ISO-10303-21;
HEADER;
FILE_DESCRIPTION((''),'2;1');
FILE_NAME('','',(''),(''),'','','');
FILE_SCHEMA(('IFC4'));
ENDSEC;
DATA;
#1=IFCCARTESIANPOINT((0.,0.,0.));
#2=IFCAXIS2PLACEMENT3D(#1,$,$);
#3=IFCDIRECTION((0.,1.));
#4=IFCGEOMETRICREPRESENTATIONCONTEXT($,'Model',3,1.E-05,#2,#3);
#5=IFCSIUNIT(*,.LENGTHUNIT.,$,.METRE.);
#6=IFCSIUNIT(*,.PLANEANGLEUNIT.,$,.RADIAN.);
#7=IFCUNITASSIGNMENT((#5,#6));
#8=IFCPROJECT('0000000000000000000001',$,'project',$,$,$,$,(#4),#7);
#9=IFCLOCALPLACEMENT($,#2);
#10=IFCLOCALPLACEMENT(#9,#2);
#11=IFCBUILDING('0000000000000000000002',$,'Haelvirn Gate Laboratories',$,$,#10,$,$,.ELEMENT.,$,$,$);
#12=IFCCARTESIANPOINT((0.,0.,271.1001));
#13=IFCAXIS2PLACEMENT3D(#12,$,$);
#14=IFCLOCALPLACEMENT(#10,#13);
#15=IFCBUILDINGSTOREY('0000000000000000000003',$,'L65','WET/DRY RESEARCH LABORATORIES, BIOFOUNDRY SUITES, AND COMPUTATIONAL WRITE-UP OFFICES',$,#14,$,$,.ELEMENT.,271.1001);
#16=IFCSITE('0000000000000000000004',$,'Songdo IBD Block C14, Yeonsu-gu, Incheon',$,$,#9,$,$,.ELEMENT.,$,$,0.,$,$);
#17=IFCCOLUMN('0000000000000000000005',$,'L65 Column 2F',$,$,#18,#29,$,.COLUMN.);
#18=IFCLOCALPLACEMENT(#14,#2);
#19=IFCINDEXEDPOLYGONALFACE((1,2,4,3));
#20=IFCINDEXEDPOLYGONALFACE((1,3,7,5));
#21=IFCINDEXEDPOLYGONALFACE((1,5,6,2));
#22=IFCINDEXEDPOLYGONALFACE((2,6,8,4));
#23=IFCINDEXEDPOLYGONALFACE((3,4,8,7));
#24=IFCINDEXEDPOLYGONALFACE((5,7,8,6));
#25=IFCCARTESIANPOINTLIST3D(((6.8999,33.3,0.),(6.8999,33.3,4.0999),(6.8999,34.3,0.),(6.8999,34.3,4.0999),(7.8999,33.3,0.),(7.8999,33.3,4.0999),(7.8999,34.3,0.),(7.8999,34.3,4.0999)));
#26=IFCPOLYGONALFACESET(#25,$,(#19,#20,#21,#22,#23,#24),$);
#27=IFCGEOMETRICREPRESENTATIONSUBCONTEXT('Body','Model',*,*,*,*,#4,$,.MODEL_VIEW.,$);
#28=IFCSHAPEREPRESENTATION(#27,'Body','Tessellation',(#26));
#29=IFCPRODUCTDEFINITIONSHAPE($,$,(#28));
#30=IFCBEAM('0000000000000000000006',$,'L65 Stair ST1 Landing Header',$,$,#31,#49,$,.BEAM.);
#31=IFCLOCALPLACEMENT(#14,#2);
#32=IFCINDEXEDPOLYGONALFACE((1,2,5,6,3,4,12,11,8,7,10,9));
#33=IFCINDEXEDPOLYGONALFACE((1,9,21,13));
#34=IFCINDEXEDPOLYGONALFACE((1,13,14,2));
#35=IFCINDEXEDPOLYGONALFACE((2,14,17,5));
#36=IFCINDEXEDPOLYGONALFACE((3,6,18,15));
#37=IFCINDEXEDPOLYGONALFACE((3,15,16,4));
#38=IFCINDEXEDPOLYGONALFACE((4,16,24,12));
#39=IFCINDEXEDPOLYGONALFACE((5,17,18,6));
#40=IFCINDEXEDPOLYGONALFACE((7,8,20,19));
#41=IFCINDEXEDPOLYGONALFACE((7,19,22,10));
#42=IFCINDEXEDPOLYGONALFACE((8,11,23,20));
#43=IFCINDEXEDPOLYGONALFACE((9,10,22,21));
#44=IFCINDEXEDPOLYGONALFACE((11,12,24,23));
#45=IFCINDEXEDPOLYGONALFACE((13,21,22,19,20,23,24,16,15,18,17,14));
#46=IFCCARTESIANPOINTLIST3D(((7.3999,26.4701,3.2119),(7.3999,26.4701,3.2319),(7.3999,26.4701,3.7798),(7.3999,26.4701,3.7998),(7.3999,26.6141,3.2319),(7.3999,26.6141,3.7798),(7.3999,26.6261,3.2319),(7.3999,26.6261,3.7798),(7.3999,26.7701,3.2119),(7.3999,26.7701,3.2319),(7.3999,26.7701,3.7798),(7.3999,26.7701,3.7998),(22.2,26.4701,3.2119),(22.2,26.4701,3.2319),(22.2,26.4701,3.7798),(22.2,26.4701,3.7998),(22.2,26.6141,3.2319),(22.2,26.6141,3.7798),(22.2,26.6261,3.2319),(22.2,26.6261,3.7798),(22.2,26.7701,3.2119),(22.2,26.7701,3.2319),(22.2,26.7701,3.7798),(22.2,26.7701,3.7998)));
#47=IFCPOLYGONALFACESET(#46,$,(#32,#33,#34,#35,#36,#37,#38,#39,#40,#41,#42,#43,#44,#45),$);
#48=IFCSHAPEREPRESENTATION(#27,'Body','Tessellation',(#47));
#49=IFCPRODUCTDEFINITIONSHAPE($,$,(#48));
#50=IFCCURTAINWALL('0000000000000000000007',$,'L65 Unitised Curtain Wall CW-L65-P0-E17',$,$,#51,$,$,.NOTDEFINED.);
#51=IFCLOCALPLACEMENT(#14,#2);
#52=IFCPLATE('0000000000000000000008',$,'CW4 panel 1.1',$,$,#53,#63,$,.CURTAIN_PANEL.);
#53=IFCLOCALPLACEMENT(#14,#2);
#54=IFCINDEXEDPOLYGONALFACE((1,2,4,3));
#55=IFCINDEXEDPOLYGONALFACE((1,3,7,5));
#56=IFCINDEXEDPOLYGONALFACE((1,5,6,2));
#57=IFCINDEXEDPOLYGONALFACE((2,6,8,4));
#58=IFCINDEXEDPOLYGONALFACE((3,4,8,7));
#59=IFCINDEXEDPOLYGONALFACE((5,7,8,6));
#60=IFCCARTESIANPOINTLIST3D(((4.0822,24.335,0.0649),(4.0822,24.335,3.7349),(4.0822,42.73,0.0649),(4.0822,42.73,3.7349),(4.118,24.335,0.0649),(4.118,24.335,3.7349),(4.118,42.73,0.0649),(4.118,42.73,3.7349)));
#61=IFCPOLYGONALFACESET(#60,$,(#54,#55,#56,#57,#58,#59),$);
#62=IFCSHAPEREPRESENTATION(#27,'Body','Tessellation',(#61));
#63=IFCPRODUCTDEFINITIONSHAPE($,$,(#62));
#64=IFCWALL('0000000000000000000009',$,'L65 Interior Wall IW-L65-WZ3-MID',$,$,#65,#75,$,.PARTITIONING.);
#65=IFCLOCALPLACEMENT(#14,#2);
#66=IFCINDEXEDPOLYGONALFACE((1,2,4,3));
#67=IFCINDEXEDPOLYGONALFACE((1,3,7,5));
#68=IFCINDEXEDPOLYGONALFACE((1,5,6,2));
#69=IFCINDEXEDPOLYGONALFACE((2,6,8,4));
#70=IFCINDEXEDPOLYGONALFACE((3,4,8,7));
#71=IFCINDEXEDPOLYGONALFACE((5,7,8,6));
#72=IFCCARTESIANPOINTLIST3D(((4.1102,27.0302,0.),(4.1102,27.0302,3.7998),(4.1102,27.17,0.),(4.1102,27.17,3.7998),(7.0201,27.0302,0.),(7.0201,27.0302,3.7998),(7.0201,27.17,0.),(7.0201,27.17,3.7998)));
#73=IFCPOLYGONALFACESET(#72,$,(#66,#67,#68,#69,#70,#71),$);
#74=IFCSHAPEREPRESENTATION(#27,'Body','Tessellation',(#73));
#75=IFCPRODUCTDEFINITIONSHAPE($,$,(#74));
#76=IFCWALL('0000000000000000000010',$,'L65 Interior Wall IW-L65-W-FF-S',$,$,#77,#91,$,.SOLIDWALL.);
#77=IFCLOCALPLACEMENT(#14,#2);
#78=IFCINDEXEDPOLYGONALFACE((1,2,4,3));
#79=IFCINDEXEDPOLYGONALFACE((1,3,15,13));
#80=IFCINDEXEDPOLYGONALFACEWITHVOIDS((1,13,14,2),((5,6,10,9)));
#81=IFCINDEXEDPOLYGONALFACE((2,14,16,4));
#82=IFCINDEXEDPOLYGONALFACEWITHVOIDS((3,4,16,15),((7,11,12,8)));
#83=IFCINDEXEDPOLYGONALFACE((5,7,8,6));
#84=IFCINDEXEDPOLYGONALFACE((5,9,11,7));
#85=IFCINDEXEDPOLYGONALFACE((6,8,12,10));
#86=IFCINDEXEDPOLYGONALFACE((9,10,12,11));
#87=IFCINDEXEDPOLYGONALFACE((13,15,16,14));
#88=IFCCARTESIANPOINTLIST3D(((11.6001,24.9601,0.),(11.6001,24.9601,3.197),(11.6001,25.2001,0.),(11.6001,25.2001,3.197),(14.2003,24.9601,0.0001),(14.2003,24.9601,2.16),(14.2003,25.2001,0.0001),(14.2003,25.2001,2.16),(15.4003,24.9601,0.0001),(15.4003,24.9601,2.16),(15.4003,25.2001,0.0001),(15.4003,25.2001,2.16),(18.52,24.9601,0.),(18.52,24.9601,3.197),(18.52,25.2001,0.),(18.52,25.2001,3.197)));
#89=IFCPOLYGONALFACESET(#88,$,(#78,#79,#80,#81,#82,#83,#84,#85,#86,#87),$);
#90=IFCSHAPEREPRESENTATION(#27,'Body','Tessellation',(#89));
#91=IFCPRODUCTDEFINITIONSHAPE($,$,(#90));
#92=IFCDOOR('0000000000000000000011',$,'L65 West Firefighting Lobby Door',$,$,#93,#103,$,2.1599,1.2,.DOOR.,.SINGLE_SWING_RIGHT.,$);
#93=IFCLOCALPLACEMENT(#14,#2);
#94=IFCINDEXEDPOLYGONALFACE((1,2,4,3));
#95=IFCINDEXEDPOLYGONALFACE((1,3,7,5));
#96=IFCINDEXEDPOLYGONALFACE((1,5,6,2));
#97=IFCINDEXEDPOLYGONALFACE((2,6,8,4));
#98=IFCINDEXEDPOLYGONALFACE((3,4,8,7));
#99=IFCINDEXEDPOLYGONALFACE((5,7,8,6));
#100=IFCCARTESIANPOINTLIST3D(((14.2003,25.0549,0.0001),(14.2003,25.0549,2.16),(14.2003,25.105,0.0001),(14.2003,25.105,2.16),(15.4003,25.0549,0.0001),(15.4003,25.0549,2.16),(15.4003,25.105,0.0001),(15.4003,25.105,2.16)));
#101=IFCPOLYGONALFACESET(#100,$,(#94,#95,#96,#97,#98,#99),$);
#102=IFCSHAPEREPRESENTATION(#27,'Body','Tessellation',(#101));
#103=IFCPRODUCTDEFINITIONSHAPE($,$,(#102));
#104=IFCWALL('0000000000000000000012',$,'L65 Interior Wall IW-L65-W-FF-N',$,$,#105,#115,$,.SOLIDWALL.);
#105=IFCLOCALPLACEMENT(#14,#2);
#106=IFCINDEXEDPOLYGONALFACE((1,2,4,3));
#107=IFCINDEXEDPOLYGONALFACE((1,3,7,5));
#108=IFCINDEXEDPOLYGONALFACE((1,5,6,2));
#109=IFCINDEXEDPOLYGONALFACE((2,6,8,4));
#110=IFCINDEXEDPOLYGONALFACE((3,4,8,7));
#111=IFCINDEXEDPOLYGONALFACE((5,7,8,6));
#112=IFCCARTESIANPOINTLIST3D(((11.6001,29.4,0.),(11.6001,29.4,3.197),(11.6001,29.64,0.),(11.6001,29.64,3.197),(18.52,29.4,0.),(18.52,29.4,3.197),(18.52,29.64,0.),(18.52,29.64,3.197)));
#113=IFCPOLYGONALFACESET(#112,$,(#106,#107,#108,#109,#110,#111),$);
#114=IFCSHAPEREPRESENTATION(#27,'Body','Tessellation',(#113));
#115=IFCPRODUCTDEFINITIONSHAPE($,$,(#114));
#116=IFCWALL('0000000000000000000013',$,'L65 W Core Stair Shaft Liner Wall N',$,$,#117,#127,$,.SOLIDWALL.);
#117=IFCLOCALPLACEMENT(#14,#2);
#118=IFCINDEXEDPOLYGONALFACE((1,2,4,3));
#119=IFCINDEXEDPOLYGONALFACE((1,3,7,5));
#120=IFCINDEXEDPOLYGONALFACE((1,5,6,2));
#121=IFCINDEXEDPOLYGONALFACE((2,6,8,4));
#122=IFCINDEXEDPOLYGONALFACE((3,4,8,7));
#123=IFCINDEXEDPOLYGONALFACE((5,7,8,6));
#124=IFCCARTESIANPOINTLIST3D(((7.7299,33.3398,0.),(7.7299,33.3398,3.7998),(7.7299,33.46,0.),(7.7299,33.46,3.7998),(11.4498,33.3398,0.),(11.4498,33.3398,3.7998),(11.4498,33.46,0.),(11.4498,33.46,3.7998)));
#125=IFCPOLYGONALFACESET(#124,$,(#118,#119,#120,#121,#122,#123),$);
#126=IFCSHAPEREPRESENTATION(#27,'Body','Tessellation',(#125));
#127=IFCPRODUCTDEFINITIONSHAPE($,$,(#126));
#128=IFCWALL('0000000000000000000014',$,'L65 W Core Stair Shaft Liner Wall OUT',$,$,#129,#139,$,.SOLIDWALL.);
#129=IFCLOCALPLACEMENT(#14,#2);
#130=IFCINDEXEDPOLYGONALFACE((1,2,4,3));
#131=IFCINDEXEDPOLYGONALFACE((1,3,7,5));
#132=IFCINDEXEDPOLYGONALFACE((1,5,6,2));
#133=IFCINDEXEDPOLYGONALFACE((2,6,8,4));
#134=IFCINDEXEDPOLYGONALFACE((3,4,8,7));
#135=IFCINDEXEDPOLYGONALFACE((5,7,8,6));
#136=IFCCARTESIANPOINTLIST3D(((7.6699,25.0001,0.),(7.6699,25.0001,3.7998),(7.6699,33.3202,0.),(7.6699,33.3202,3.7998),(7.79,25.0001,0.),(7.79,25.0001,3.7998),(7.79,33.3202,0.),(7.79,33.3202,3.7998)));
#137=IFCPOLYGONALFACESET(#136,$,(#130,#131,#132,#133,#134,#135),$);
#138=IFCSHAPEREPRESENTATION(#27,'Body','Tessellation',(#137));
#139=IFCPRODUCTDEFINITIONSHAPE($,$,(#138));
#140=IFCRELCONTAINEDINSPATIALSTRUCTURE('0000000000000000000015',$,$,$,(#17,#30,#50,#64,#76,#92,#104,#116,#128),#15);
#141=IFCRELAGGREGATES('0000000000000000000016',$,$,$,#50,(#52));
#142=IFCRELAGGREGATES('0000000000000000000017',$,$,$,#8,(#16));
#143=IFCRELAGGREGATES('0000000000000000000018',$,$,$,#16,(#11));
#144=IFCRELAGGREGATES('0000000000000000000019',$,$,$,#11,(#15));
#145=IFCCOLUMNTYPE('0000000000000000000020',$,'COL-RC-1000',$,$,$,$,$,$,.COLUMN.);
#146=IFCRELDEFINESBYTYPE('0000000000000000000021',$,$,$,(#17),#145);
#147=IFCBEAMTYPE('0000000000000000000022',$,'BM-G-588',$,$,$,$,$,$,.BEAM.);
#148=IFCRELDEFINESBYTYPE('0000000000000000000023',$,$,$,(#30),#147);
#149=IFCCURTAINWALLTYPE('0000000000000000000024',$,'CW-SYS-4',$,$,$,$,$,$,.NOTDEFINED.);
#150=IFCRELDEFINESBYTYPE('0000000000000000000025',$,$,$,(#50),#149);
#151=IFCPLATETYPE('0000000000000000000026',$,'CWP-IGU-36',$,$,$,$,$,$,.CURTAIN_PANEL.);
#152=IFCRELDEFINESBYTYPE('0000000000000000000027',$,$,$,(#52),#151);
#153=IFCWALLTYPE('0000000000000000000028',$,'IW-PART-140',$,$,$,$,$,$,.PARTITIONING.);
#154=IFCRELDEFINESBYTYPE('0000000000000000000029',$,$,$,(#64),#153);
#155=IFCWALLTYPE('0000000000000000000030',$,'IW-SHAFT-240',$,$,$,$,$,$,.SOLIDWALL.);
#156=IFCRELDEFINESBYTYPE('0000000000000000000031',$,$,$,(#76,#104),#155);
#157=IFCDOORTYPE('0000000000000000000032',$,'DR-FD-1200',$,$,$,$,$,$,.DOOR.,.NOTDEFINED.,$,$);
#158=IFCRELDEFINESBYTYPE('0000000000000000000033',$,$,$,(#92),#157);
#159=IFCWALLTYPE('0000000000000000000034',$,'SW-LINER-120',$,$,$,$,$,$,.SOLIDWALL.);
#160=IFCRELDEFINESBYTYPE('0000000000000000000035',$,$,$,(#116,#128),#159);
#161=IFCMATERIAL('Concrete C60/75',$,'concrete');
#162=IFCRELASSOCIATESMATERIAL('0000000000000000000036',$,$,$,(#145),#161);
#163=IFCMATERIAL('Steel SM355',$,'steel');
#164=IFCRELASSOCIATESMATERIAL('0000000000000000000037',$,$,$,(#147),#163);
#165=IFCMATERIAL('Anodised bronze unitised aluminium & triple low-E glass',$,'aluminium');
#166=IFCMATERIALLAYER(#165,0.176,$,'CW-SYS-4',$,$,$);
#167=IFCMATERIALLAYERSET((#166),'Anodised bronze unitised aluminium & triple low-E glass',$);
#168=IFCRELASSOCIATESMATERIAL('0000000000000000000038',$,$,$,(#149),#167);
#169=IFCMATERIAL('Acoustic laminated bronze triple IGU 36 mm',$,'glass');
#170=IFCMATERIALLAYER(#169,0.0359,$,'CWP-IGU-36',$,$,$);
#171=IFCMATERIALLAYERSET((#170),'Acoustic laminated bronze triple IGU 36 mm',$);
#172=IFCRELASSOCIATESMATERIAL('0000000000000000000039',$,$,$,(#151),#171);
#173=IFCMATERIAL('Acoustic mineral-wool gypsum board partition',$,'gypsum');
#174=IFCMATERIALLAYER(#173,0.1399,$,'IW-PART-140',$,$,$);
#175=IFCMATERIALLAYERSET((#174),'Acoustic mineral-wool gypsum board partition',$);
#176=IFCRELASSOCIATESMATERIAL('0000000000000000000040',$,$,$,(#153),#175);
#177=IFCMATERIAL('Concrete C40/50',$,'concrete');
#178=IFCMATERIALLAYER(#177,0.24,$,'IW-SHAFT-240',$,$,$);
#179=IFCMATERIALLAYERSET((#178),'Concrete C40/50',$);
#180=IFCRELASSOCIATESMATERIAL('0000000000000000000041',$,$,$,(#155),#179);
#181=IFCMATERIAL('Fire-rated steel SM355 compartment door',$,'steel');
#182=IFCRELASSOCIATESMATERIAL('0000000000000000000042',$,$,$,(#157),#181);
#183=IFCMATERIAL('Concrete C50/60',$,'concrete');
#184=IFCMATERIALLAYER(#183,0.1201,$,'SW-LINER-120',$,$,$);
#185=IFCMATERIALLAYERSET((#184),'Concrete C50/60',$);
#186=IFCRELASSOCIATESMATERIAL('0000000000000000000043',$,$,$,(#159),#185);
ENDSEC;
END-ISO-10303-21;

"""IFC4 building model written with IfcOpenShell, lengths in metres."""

from ifc_helpers import new_model, si_unit, direction, frame, frame_2d, origin, origin_2d, place, context, subcontext, project, spatial, rectangle, i_section, extrude, source, transform, mapped, material, layer, layer_set, material_profile, profile_set, type_object, type_shapes, element, fill, aggregate, save


model = new_model("IFC4")

# Units and contexts
model_context = context("Model", 3, precision=1e-05, world=origin(), true_north=direction((0.0, 1.0)))
body_context = subcontext(model_context, "Body", "Model", "MODEL_VIEW")
ifc_project = project(units=[si_unit("LENGTHUNIT", "METRE"), si_unit("PLANEANGLEUNIT", "RADIAN")], contexts=[model_context])

# Site, building, storey
site_placement = place(None, origin())
site = spatial("IfcSite", under=ifc_project, at=site_placement, Name="Songdo IBD Block C14, Yeonsu-gu, Incheon", CompositionType="ELEMENT", RefElevation=0.0)
building_placement = place(site_placement, origin())
building = spatial("IfcBuilding", under=site, at=building_placement, Name="Haelvirn Gate Laboratories", CompositionType="ELEMENT")
storey_placement = place(building_placement, frame((0.0, 0.0, 271.1001)))
storey = spatial("IfcBuildingStorey", under=building, at=storey_placement, Name="L65", Description="WET/DRY RESEARCH LABORATORIES, BIOFOUNDRY SUITES, AND COMPUTATIONAL WRITE-UP OFFICES", CompositionType="ELEMENT", Elevation=271.1001)

# Column
ifc_material_1 = material(Name="Concrete C60/75", Category="concrete")
ifc_material_profile_1 = material_profile(ifc_material_1, rectangle(XDim=1.0, YDim=1.0, at=origin_2d()), Name="RC-1000x1000")
ifc_profile_set_1 = profile_set([ifc_material_profile_1], Name="Concrete C60/75")
column_type = type_object("IfcColumnType", Name="COL-RC-1000", PredefinedType="COLUMN", material=ifc_profile_set_1)
shared_shape_1 = source(origin(), body_context, "Body", "SweptSolid", [
    extrude(rectangle(XDim=1.0, YDim=1.0, at=origin_2d()), origin(), (0.0, 0.0, 1.0), 4.0999),
])
type_shapes(column_type, [shared_shape_1])
column_placement = place(storey_placement, frame((7.3999, 33.8, 0.0), z_axis=(0.0, 0.0, 1.0), x_axis=(1.0, 0.0, 0.0)))
element("IfcColumn", 1, at=column_placement, inside=storey, type_object=column_type, Name="L65 Column 2F", PredefinedType="COLUMN", context=body_context, shape_type="MappedRepresentation", body=[
    mapped(shared_shape_1, transform((0.0, 0.0, 0.0), scale=1.0)),
])

# Beam
ifc_material_2 = material(Name="Steel SM355", Category="steel")
ifc_material_profile_2 = material_profile(ifc_material_2, i_section(OverallWidth=0.3, OverallDepth=0.5879, WebThickness=0.012, FlangeThickness=0.02, at=origin_2d()), Name="H-588x300x12x20")
ifc_profile_set_2 = profile_set([ifc_material_profile_2], Name="Steel SM355")
beam_type = type_object("IfcBeamType", Name="BM-G-588", PredefinedType="BEAM", material=ifc_profile_set_2)
shared_shape_2 = source(origin(), body_context, "Body", "SweptSolid", [
    extrude(i_section(OverallWidth=0.3, OverallDepth=0.5879, WebThickness=0.012, FlangeThickness=0.02, at=origin_2d()), origin(), (0.0, 0.0, 1.0), 14.8),
])
type_shapes(beam_type, [shared_shape_2])
beam_placement = place(storey_placement, frame((7.3999, 26.6201, 3.5059), z_axis=(1.0, 0.0, 0.0), x_axis=(0.0, 1.0, 0.0)))
element("IfcBeam", 2, at=beam_placement, inside=storey, type_object=beam_type, Name="L65 Stair ST1 Landing Header", PredefinedType="BEAM", context=body_context, shape_type="MappedRepresentation", body=[
    mapped(shared_shape_2, transform((0.0, 0.0, 0.0), scale=1.0)),
])

# Curtain wall, plate
ifc_material_3 = material(Name="Anodised bronze unitised aluminium & triple low-E glass", Category="aluminium")
ifc_layer_1 = layer(ifc_material_3, 0.176, Name="CW-SYS-4")
ifc_layer_set_1 = layer_set([ifc_layer_1], Name="Anodised bronze unitised aluminium & triple low-E glass")
curtain_wall_type = type_object("IfcCurtainWallType", Name="CW-SYS-4", PredefinedType="NOTDEFINED", material=ifc_layer_set_1)
curtain_wall_placement = place(storey_placement, origin())
curtain_wall = element("IfcCurtainWall", 3, at=curtain_wall_placement, inside=storey, type_object=curtain_wall_type, Name="L65 Unitised Curtain Wall CW-L65-P0-E17", PredefinedType="NOTDEFINED")
ifc_material_4 = material(Name="Acoustic laminated bronze triple IGU 36 mm", Category="glass")
ifc_layer_2 = layer(ifc_material_4, 0.0359, Name="CWP-IGU-36")
ifc_layer_set_2 = layer_set([ifc_layer_2], Name="Acoustic laminated bronze triple IGU 36 mm")
plate_type = type_object("IfcPlateType", Name="CWP-IGU-36", PredefinedType="CURTAIN_PANEL", material=ifc_layer_set_2)
shared_shape_3 = source(origin(), body_context, "Body", "SweptSolid", [
    extrude(rectangle(XDim=18.395, YDim=0.0359, at=origin_2d()), origin(), (0.0, 0.0, 1.0), 3.6699),
])
type_shapes(plate_type, [shared_shape_3])
plate_placement = place(storey_placement, frame((4.1001, 33.5325, 0.0649), z_axis=(0.0, 0.0, 1.0), x_axis=(0.0, -1.0, 0.0)))
plate = element("IfcPlate", 4, at=plate_placement, type_object=plate_type, Name="CW4 panel 1.1", PredefinedType="CURTAIN_PANEL", context=body_context, shape_type="MappedRepresentation", body=[
    mapped(shared_shape_3, transform((0.0, 0.0, 0.0), scale=1.0)),
])
aggregate(curtain_wall, [plate])

# Wall
ifc_material_5 = material(Name="Acoustic mineral-wool gypsum board partition", Category="gypsum")
ifc_layer_3 = layer(ifc_material_5, 0.1399, Name="IW-PART-140")
ifc_layer_set_3 = layer_set([ifc_layer_3], Name="Acoustic mineral-wool gypsum board partition")
wall_type_1 = type_object("IfcWallType", Name="IW-PART-140", PredefinedType="PARTITIONING", material=ifc_layer_set_3)
wall_1_placement = place(storey_placement, frame((4.1101, 27.1001, 0.0), z_axis=(0.0, 0.0, 1.0), x_axis=(1.0, 0.0, 0.0)))
element("IfcWall", 5, at=wall_1_placement, inside=storey, type_object=wall_type_1, Name="L65 Interior Wall IW-L65-WZ3-MID", PredefinedType="PARTITIONING", context=body_context, shape_type="SweptSolid", body=[
    extrude(rectangle(XDim=2.9099, YDim=0.1399, at=frame_2d((1.4551, 0.0))), origin(), (0.0, 0.0, 1.0), 3.7998),
])

# Wall, opening, door
ifc_material_6 = material(Name="Concrete C40/50", Category="concrete")
ifc_layer_4 = layer(ifc_material_6, 0.24, Name="IW-SHAFT-240")
ifc_layer_set_4 = layer_set([ifc_layer_4], Name="Concrete C40/50")
wall_type_2 = type_object("IfcWallType", Name="IW-SHAFT-240", PredefinedType="SOLIDWALL", material=ifc_layer_set_4)
wall_2_placement = place(storey_placement, frame((11.6001, 25.0801, 0.0), z_axis=(0.0, 0.0, 1.0), x_axis=(1.0, 0.0, 0.0)))
wall_2 = element("IfcWall", 6, at=wall_2_placement, inside=storey, type_object=wall_type_2, Name="L65 Interior Wall IW-L65-W-FF-S", PredefinedType="SOLIDWALL", context=body_context, shape_type="SweptSolid", body=[
    extrude(rectangle(XDim=6.9199, YDim=0.24, at=frame_2d((3.46, 0.0))), origin(), (0.0, 0.0, 1.0), 3.197),
])
opening_1_placement = place(wall_2_placement, frame((2.6001, 0.0, 0.0)))
opening_1 = element("IfcOpeningElement", 7, at=opening_1_placement, cuts=wall_2, PredefinedType="OPENING", context=body_context, shape_type="SweptSolid", body=[
    extrude(rectangle(XDim=1.2, YDim=2.1599, at=frame_2d((0.6001, 1.0801))), frame((0.0, 0.1299, 0.0), z_axis=(0.0, -1.0, 0.0), x_axis=(1.0, 0.0, 0.0)), (0.0, 0.0, 1.0), 0.26),
])
ifc_material_7 = material(Name="Fire-rated steel SM355 compartment door", Category="steel")
door_type_1 = type_object("IfcDoorType", Name="DR-FD-1200", OperationType="NOTDEFINED", PredefinedType="DOOR", material=ifc_material_7)
shared_shape_4 = source(origin(), body_context, "Body", "SweptSolid", [
    extrude(rectangle(XDim=1.2, YDim=2.1599, at=frame_2d((0.6001, 1.0801))), frame((0.0, 0.0249, 0.0), z_axis=(0.0, -1.0, 0.0), x_axis=(1.0, 0.0, 0.0)), (0.0, 0.0, 1.0), 0.05),
])
type_shapes(door_type_1, [shared_shape_4])
door_1_placement = place(opening_1_placement, origin())
door_1 = element("IfcDoor", 8, at=door_1_placement, inside=storey, type_object=door_type_1, Name="L65 West Firefighting Lobby Door", OperationType="SINGLE_SWING_RIGHT", OverallHeight=2.1599, OverallWidth=1.2, PredefinedType="DOOR", context=body_context, shape_type="MappedRepresentation", body=[
    mapped(shared_shape_4, transform((0.0, 0.0, 0.0), scale=1.0)),
])
fill(opening_1, door_1)

# Wall
wall_3_placement = place(storey_placement, frame((11.6001, 29.52, 0.0), z_axis=(0.0, 0.0, 1.0), x_axis=(1.0, 0.0, 0.0)))
element("IfcWall", 9, at=wall_3_placement, inside=storey, type_object=wall_type_2, Name="L65 Interior Wall IW-L65-W-FF-N", PredefinedType="SOLIDWALL", context=body_context, shape_type="SweptSolid", body=[
    extrude(rectangle(XDim=6.9199, YDim=0.24, at=frame_2d((3.46, 0.0))), origin(), (0.0, 0.0, 1.0), 3.197),
])

# Shared definitions
ifc_material_8 = material(Name="Concrete C50/60", Category="concrete")

# Walls
ifc_layer_5 = layer(ifc_material_8, 0.1201, Name="SW-LINER-120")
ifc_layer_set_5 = layer_set([ifc_layer_5], Name="Concrete C50/60")
wall_type_3 = type_object("IfcWallType", Name="SW-LINER-120", PredefinedType="SOLIDWALL", material=ifc_layer_set_5)
wall_4_placement = place(storey_placement, frame((7.73, 33.3999, 0.0), z_axis=(0.0, 0.0, 1.0), x_axis=(1.0, 0.0, 0.0)))
element("IfcWall", 10, at=wall_4_placement, inside=storey, type_object=wall_type_3, Name="L65 W Core Stair Shaft Liner Wall N", PredefinedType="SOLIDWALL", context=body_context, shape_type="SweptSolid", body=[
    extrude(rectangle(XDim=3.72, YDim=0.1201, at=frame_2d((1.8599, 0.0))), origin(), (0.0, 0.0, 1.0), 3.7998),
])
wall_5_placement = place(storey_placement, frame((7.73, 25.0, 0.0), z_axis=(0.0, 0.0, 1.0), x_axis=(0.0, 1.0, 0.0)))
element("IfcWall", 11, at=wall_5_placement, inside=storey, type_object=wall_type_3, Name="L65 W Core Stair Shaft Liner Wall OUT", PredefinedType="SOLIDWALL", context=body_context, shape_type="SweptSolid", body=[
    extrude(rectangle(XDim=8.3201, YDim=0.1201, at=frame_2d((4.1602, 0.0))), origin(), (0.0, 0.0, 1.0), 3.7998),
])

save(model, "model.ifc")
